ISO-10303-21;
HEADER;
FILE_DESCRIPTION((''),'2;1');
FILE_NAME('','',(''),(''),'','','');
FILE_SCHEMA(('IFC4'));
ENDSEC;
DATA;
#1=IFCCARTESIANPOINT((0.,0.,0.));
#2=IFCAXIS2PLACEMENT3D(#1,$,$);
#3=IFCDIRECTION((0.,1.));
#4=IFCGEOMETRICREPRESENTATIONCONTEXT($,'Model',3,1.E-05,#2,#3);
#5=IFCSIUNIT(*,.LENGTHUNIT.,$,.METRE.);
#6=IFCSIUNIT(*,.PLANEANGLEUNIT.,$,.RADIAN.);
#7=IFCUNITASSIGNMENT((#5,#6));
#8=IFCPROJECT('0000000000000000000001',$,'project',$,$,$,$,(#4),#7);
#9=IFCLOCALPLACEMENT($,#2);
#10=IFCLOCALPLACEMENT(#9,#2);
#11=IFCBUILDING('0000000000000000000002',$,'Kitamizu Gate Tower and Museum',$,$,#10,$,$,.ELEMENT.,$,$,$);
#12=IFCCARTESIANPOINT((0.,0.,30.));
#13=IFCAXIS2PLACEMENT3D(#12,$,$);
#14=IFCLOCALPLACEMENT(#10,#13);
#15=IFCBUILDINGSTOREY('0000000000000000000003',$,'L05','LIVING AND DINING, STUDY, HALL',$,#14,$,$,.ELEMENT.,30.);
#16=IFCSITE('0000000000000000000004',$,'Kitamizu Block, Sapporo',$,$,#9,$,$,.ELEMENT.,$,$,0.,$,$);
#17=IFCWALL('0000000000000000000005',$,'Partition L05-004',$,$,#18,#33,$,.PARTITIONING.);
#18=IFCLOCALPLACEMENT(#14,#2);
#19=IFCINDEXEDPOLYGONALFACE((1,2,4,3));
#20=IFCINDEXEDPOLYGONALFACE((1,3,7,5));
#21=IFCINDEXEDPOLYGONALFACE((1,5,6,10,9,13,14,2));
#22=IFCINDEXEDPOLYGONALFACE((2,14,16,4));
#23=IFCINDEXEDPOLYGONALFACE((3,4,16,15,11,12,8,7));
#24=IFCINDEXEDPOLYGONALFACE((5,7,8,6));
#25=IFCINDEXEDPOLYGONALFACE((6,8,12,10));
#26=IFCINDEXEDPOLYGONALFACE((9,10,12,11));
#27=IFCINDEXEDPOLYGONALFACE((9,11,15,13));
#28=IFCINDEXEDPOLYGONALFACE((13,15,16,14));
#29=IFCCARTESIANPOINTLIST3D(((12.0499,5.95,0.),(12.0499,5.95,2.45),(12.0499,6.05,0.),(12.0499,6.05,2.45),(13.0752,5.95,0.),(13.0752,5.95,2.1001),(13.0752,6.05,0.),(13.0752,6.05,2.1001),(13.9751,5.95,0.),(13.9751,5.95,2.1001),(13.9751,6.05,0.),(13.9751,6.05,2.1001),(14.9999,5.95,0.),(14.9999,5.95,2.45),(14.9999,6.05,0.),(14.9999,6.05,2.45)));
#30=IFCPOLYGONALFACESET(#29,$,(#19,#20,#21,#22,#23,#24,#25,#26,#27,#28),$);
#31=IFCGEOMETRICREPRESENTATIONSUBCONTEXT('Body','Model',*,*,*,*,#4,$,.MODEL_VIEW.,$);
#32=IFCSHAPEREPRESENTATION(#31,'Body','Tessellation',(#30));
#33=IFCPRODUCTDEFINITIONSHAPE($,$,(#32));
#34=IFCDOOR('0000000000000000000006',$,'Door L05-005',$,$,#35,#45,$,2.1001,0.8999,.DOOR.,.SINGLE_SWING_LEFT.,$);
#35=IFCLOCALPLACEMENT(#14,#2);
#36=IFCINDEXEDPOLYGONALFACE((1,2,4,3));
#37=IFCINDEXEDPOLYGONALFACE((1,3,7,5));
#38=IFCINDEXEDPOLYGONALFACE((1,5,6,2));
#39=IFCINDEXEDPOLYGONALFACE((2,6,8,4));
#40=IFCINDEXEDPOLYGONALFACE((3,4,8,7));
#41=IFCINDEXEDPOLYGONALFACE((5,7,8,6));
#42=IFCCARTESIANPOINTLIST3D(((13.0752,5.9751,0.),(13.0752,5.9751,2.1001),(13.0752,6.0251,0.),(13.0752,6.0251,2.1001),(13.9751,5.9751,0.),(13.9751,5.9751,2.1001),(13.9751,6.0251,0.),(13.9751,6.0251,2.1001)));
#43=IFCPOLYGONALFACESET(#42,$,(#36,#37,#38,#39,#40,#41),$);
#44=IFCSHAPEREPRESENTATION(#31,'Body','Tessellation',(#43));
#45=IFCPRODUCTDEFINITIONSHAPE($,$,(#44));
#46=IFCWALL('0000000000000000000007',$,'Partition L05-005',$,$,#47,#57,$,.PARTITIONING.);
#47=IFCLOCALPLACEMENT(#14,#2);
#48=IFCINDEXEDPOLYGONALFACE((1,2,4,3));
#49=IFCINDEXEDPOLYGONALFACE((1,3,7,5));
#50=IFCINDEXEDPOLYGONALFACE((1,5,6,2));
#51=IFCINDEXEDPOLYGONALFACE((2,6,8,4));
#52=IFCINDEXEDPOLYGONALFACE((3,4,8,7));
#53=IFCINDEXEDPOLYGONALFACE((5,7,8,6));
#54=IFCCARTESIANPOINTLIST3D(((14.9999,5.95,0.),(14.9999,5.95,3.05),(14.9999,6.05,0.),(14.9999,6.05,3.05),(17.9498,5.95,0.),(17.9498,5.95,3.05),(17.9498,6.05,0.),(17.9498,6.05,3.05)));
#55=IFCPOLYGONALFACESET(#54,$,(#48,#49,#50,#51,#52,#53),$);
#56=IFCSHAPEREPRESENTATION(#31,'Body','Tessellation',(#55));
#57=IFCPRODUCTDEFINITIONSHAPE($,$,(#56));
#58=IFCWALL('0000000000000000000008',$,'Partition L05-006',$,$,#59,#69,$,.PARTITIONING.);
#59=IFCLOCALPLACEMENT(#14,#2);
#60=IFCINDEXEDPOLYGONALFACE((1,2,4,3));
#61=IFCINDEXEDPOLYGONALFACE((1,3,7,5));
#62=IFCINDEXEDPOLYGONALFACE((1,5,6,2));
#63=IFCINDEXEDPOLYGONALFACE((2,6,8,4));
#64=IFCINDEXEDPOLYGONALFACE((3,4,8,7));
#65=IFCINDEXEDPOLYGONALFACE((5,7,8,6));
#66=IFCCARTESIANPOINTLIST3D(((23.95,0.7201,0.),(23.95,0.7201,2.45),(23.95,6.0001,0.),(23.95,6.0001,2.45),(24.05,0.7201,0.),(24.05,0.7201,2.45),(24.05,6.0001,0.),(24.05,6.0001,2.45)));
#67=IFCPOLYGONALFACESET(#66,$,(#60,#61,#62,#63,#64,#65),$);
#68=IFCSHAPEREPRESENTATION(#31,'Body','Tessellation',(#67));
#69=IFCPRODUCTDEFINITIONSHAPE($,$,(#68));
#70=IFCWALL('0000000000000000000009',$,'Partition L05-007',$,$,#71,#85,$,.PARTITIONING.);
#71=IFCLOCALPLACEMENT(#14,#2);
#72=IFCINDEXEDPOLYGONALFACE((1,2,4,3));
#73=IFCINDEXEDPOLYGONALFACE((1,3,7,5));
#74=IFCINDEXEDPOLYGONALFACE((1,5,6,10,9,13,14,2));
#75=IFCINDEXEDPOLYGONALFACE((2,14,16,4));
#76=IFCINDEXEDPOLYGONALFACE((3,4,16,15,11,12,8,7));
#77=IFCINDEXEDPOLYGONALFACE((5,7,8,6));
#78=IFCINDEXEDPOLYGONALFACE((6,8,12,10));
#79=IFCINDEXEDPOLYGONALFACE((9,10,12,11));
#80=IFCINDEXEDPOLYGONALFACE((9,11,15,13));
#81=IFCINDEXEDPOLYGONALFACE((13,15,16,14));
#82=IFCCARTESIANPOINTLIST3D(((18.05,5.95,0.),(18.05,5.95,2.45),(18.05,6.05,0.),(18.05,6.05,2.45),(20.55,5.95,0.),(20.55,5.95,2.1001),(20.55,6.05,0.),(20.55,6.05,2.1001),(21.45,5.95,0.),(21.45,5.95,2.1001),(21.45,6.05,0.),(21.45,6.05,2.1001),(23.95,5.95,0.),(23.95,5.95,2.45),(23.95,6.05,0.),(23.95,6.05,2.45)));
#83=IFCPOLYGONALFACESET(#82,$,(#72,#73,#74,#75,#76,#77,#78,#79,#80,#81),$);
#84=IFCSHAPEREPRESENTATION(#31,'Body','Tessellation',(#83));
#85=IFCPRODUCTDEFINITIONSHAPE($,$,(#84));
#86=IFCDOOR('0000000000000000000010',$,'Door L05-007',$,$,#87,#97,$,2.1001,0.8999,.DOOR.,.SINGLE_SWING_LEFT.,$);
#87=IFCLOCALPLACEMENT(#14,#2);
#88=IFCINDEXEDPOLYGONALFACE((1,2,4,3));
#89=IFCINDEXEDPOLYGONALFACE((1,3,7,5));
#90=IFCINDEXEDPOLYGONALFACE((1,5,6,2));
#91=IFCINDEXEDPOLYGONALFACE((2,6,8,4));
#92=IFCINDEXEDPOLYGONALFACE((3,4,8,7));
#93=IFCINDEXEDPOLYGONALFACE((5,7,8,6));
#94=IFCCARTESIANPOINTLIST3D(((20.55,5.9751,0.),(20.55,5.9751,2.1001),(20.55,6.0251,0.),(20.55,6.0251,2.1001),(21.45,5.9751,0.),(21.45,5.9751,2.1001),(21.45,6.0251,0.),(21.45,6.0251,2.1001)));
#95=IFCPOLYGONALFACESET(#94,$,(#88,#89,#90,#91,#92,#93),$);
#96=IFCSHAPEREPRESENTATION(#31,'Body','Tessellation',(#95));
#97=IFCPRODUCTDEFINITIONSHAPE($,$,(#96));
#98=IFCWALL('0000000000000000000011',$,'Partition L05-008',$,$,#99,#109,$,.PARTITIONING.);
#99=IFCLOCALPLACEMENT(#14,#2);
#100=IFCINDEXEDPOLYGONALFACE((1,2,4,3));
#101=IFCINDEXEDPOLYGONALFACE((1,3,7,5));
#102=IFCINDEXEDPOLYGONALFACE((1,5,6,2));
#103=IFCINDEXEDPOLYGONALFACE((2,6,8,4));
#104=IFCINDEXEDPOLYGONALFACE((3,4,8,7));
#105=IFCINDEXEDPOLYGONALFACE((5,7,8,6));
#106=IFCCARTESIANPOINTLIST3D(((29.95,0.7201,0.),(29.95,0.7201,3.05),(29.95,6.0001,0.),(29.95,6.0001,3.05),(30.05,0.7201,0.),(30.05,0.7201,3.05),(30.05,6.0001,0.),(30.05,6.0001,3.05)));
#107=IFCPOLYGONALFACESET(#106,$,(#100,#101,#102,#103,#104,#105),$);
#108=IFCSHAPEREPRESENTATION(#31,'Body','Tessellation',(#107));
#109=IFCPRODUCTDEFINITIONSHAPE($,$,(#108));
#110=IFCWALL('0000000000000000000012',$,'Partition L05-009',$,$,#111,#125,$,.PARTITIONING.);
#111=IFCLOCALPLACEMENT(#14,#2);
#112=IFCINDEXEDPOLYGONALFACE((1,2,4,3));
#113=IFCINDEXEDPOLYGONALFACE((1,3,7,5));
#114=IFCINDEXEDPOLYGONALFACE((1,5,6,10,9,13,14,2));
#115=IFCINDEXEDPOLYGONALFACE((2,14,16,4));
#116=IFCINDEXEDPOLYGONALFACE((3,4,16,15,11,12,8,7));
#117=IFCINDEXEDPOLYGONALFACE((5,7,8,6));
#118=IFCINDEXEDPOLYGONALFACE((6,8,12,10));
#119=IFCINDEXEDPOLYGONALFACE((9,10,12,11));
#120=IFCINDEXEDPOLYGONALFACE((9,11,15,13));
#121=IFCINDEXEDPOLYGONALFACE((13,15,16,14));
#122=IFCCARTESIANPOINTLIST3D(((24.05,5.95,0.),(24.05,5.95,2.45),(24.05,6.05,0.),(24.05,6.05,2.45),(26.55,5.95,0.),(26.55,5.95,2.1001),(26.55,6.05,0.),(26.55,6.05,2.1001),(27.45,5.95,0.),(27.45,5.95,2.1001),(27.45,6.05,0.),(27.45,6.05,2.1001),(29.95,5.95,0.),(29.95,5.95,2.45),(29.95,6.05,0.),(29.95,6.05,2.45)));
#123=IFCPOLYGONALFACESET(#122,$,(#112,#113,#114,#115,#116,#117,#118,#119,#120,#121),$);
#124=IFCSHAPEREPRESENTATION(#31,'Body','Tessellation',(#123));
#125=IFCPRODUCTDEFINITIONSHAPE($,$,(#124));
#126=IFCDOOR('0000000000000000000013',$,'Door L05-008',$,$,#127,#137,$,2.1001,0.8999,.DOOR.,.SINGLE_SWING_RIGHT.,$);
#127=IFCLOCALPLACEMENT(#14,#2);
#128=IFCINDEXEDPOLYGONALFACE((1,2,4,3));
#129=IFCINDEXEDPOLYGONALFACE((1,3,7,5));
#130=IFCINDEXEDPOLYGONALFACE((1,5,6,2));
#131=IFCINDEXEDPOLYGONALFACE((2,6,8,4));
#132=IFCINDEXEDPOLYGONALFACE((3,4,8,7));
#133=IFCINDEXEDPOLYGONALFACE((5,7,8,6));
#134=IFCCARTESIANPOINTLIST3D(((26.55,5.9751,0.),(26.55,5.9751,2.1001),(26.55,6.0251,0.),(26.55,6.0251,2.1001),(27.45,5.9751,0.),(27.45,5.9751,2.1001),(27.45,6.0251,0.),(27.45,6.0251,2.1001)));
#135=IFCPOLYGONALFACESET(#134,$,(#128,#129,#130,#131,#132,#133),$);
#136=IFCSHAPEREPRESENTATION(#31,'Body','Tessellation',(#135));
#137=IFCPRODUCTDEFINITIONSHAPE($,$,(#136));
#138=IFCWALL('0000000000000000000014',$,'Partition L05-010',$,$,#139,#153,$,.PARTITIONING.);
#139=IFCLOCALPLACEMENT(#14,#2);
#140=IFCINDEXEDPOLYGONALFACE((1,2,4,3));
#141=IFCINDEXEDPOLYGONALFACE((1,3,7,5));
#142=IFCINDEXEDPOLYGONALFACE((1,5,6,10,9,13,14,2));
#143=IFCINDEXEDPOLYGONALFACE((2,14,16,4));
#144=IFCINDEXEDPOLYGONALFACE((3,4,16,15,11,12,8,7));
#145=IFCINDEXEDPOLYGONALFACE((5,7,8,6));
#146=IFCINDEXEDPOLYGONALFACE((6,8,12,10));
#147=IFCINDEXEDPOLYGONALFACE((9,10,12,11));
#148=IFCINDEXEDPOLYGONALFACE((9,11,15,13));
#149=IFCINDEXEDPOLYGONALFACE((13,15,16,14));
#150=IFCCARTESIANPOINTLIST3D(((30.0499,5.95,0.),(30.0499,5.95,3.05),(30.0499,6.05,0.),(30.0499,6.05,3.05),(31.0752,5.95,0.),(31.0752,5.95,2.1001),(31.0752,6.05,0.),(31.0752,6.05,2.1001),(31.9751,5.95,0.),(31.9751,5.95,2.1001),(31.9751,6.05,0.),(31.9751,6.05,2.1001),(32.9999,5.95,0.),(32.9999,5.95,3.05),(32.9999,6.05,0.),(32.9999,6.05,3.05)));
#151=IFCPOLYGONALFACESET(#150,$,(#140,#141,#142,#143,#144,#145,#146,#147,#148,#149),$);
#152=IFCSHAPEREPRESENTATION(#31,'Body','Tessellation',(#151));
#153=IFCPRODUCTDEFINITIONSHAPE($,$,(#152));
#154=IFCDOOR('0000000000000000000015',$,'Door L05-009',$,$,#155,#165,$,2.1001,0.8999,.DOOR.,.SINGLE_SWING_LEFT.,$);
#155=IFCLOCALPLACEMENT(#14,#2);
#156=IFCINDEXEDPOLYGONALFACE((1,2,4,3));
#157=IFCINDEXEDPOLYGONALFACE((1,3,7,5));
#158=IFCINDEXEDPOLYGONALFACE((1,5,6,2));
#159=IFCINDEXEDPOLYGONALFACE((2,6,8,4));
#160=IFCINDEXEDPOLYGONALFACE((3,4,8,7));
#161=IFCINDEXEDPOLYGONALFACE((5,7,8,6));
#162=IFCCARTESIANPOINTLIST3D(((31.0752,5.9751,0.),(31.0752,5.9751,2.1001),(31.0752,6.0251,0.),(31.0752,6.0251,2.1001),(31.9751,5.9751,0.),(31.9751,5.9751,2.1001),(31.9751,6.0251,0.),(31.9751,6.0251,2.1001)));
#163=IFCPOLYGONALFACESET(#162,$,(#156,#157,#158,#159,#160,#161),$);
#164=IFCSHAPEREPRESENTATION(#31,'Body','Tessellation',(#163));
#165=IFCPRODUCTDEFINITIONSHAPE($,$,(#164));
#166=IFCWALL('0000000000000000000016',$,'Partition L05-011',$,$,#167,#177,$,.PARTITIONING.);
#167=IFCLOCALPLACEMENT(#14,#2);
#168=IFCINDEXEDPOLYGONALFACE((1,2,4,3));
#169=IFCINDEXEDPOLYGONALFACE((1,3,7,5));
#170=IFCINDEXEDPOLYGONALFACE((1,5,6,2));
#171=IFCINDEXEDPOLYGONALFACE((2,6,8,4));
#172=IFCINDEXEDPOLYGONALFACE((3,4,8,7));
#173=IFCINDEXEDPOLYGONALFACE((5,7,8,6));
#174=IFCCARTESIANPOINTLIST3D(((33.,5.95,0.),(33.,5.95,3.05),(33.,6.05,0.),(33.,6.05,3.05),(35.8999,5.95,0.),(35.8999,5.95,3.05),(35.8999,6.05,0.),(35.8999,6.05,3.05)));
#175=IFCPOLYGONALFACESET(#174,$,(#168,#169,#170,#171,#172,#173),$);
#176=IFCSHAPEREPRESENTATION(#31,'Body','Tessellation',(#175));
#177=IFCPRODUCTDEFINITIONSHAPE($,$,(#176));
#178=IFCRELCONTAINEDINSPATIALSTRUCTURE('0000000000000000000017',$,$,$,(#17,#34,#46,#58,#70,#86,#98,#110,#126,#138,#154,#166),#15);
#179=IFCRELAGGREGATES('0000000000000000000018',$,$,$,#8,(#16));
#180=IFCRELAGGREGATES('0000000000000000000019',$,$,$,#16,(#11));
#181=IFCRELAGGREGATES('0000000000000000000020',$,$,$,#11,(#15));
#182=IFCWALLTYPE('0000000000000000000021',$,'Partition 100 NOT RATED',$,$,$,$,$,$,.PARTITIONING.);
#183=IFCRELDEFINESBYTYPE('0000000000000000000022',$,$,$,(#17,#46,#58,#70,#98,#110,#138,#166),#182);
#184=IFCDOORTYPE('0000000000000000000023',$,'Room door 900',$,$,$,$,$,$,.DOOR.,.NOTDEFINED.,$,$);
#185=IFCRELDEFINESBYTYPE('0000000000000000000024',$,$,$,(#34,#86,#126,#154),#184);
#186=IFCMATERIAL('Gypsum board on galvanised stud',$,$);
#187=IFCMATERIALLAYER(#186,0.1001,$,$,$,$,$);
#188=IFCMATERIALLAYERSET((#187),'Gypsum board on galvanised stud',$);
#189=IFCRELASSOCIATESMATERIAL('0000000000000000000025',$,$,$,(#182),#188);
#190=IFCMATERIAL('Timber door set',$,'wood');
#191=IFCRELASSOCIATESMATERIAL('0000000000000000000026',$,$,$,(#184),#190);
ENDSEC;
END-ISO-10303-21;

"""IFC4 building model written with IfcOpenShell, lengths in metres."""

from ifc_helpers import new_model, si_unit, direction, frame, frame_2d, origin, place, context, subcontext, project, spatial, rectangle, extrude, material, layer, layer_set, type_object, element, fill, save


model = new_model("IFC4")

# Units and contexts
model_context = context("Model", 3, precision=1e-05, world=origin(), true_north=direction((0.0, 1.0)))
body_context = subcontext(model_context, "Body", "Model", "MODEL_VIEW")
ifc_project = project(units=[si_unit("LENGTHUNIT", "METRE"), si_unit("PLANEANGLEUNIT", "RADIAN")], contexts=[model_context])

# Site, building, storey
site_placement = place(None, origin())
site = spatial("IfcSite", under=ifc_project, at=site_placement, Name="Kitamizu Block, Sapporo", CompositionType="ELEMENT", RefElevation=0.0)
building_placement = place(site_placement, origin())
building = spatial("IfcBuilding", under=site, at=building_placement, Name="Kitamizu Gate Tower and Museum", CompositionType="ELEMENT")
storey_placement = place(building_placement, frame((0.0, 0.0, 30.0)))
storey = spatial("IfcBuildingStorey", under=building, at=storey_placement, Name="L05", Description="LIVING AND DINING, STUDY, HALL", CompositionType="ELEMENT", Elevation=30.0)

# Shared definitions
ifc_material_1 = material(Name="Gypsum board on galvanised stud")
ifc_layer = layer(ifc_material_1, 0.1001)
ifc_layer_set = layer_set([ifc_layer], Name="Gypsum board on galvanised stud")
wall_type = type_object("IfcWallType", Name="Partition 100 NOT RATED", PredefinedType="PARTITIONING", material=ifc_layer_set)

# Wall, opening, door
wall_1_placement = place(storey_placement, frame((15.0, 6.0, 0.0), z_axis=(0.0, 0.0, 1.0), x_axis=(-1.0, 0.0, 0.0)))
wall_1 = element("IfcWall", 1, at=wall_1_placement, inside=storey, type_object=wall_type, Name="Partition L05-004", PredefinedType="PARTITIONING", context=body_context, shape_type="SweptSolid", body=[
    extrude(rectangle(XDim=2.95, YDim=0.1001, at=frame_2d((1.4751, 0.0))), origin(), (0.0, 0.0, 1.0), 2.45),
])
opening_1_placement = place(wall_1_placement, frame((1.0249, 0.0, 0.0)))
opening_1 = element("IfcOpeningElement", 2, at=opening_1_placement, cuts=wall_1, PredefinedType="OPENING", context=body_context, shape_type="SweptSolid", body=[
    extrude(rectangle(XDim=0.8999, YDim=2.1001, at=frame_2d((0.45, 1.05))), frame((0.0, 0.0601, 0.0), z_axis=(0.0, -1.0, 0.0), x_axis=(1.0, 0.0, 0.0)), (0.0, 0.0, 1.0), 0.1201),
])
ifc_material_2 = material(Name="Timber door set", Category="wood")
door_type = type_object("IfcDoorType", Name="Room door 900", OperationType="NOTDEFINED", PredefinedType="DOOR", material=ifc_material_2)
door_1_placement = place(opening_1_placement, origin())
door_1 = element("IfcDoor", 3, at=door_1_placement, inside=storey, type_object=door_type, Name="Door L05-005", OperationType="SINGLE_SWING_LEFT", OverallHeight=2.1001, OverallWidth=0.8999, PredefinedType="DOOR", context=body_context, shape_type="SweptSolid", body=[
    extrude(rectangle(XDim=0.8999, YDim=2.1001, at=frame_2d((0.45, 1.05))), frame((0.0, 0.0249, 0.0), z_axis=(0.0, -1.0, 0.0), x_axis=(1.0, 0.0, 0.0)), (0.0, 0.0, 1.0), 0.05),
])
fill(opening_1, door_1)

# Walls
wall_2_placement = place(storey_placement, frame((17.95, 6.0, 0.0), z_axis=(0.0, 0.0, 1.0), x_axis=(-1.0, 0.0, 0.0)))
element("IfcWall", 4, at=wall_2_placement, inside=storey, type_object=wall_type, Name="Partition L05-005", PredefinedType="PARTITIONING", context=body_context, shape_type="SweptSolid", body=[
    extrude(rectangle(XDim=2.95, YDim=0.1001, at=frame_2d((1.4751, 0.0))), origin(), (0.0, 0.0, 1.0), 3.05),
])
wall_3_placement = place(storey_placement, frame((24.0, 0.72, 0.0), z_axis=(0.0, 0.0, 1.0), x_axis=(0.0, 1.0, 0.0)))
element("IfcWall", 5, at=wall_3_placement, inside=storey, type_object=wall_type, Name="Partition L05-006", PredefinedType="PARTITIONING", context=body_context, shape_type="SweptSolid", body=[
    extrude(rectangle(XDim=5.28, YDim=0.1001, at=frame_2d((2.6401, 0.0))), origin(), (0.0, 0.0, 1.0), 2.45),
])

# Wall, opening, door
wall_4_placement = place(storey_placement, frame((23.95, 6.0, 0.0), z_axis=(0.0, 0.0, 1.0), x_axis=(-1.0, 0.0, 0.0)))
wall_4 = element("IfcWall", 6, at=wall_4_placement, inside=storey, type_object=wall_type, Name="Partition L05-007", PredefinedType="PARTITIONING", context=body_context, shape_type="SweptSolid", body=[
    extrude(rectangle(XDim=5.8999, YDim=0.1001, at=frame_2d((2.95, 0.0))), origin(), (0.0, 0.0, 1.0), 2.45),
])
opening_2_placement = place(wall_4_placement, frame((2.5, 0.0, 0.0)))
opening_2 = element("IfcOpeningElement", 7, at=opening_2_placement, cuts=wall_4, PredefinedType="OPENING", context=body_context, shape_type="SweptSolid", body=[
    extrude(rectangle(XDim=0.8999, YDim=2.1001, at=frame_2d((0.45, 1.05))), frame((0.0, 0.0601, 0.0), z_axis=(0.0, -1.0, 0.0), x_axis=(1.0, 0.0, 0.0)), (0.0, 0.0, 1.0), 0.1201),
])
door_2_placement = place(opening_2_placement, origin())
door_2 = element("IfcDoor", 8, at=door_2_placement, inside=storey, type_object=door_type, Name="Door L05-007", OperationType="SINGLE_SWING_LEFT", OverallHeight=2.1001, OverallWidth=0.8999, PredefinedType="DOOR", context=body_context, shape_type="SweptSolid", body=[
    extrude(rectangle(XDim=0.8999, YDim=2.1001, at=frame_2d((0.45, 1.05))), frame((0.0, 0.0249, 0.0), z_axis=(0.0, -1.0, 0.0), x_axis=(1.0, 0.0, 0.0)), (0.0, 0.0, 1.0), 0.05),
])
fill(opening_2, door_2)

# Wall
wall_5_placement = place(storey_placement, frame((30.0, 0.72, 0.0), z_axis=(0.0, 0.0, 1.0), x_axis=(0.0, 1.0, 0.0)))
element("IfcWall", 9, at=wall_5_placement, inside=storey, type_object=wall_type, Name="Partition L05-008", PredefinedType="PARTITIONING", context=body_context, shape_type="SweptSolid", body=[
    extrude(rectangle(XDim=5.28, YDim=0.1001, at=frame_2d((2.6401, 0.0))), origin(), (0.0, 0.0, 1.0), 3.05),
])

# Walls, openings, doors
wall_6_placement = place(storey_placement, frame((29.95, 6.0, 0.0), z_axis=(0.0, 0.0, 1.0), x_axis=(-1.0, 0.0, 0.0)))
wall_6 = element("IfcWall", 10, at=wall_6_placement, inside=storey, type_object=wall_type, Name="Partition L05-009", PredefinedType="PARTITIONING", context=body_context, shape_type="SweptSolid", body=[
    extrude(rectangle(XDim=5.8999, YDim=0.1001, at=frame_2d((2.95, 0.0))), origin(), (0.0, 0.0, 1.0), 2.45),
])
opening_3_placement = place(wall_6_placement, frame((2.5, 0.0, 0.0)))
opening_3 = element("IfcOpeningElement", 11, at=opening_3_placement, cuts=wall_6, PredefinedType="OPENING", context=body_context, shape_type="SweptSolid", body=[
    extrude(rectangle(XDim=0.8999, YDim=2.1001, at=frame_2d((0.45, 1.05))), frame((0.0, 0.0601, 0.0), z_axis=(0.0, -1.0, 0.0), x_axis=(1.0, 0.0, 0.0)), (0.0, 0.0, 1.0), 0.1201),
])
door_3_placement = place(opening_3_placement, origin())
door_3 = element("IfcDoor", 12, at=door_3_placement, inside=storey, type_object=door_type, Name="Door L05-008", OperationType="SINGLE_SWING_RIGHT", OverallHeight=2.1001, OverallWidth=0.8999, PredefinedType="DOOR", context=body_context, shape_type="SweptSolid", body=[
    extrude(rectangle(XDim=0.8999, YDim=2.1001, at=frame_2d((0.45, 1.05))), frame((0.0, 0.0249, 0.0), z_axis=(0.0, -1.0, 0.0), x_axis=(1.0, 0.0, 0.0)), (0.0, 0.0, 1.0), 0.05),
])
fill(opening_3, door_3)
wall_7_placement = place(storey_placement, frame((33.0, 6.0, 0.0), z_axis=(0.0, 0.0, 1.0), x_axis=(-1.0, 0.0, 0.0)))
wall_7 = element("IfcWall", 13, at=wall_7_placement, inside=storey, type_object=wall_type, Name="Partition L05-010", PredefinedType="PARTITIONING", context=body_context, shape_type="SweptSolid", body=[
    extrude(rectangle(XDim=2.95, YDim=0.1001, at=frame_2d((1.4751, 0.0))), origin(), (0.0, 0.0, 1.0), 3.05),
])
opening_4_placement = place(wall_7_placement, frame((1.0249, 0.0, 0.0)))
opening_4 = element("IfcOpeningElement", 14, at=opening_4_placement, cuts=wall_7, PredefinedType="OPENING", context=body_context, shape_type="SweptSolid", body=[
    extrude(rectangle(XDim=0.8999, YDim=2.1001, at=frame_2d((0.45, 1.05))), frame((0.0, 0.0601, 0.0), z_axis=(0.0, -1.0, 0.0), x_axis=(1.0, 0.0, 0.0)), (0.0, 0.0, 1.0), 0.1201),
])
door_4_placement = place(opening_4_placement, origin())
door_4 = element("IfcDoor", 15, at=door_4_placement, inside=storey, type_object=door_type, Name="Door L05-009", OperationType="SINGLE_SWING_LEFT", OverallHeight=2.1001, OverallWidth=0.8999, PredefinedType="DOOR", context=body_context, shape_type="SweptSolid", body=[
    extrude(rectangle(XDim=0.8999, YDim=2.1001, at=frame_2d((0.45, 1.05))), frame((0.0, 0.0249, 0.0), z_axis=(0.0, -1.0, 0.0), x_axis=(1.0, 0.0, 0.0)), (0.0, 0.0, 1.0), 0.05),
])
fill(opening_4, door_4)

# Wall
wall_8_placement = place(storey_placement, frame((35.8999, 6.0, 0.0), z_axis=(0.0, 0.0, 1.0), x_axis=(-1.0, 0.0, 0.0)))
element("IfcWall", 16, at=wall_8_placement, inside=storey, type_object=wall_type, Name="Partition L05-011", PredefinedType="PARTITIONING", context=body_context, shape_type="SweptSolid", body=[
    extrude(rectangle(XDim=2.8999, YDim=0.1001, at=frame_2d((1.45, 0.0))), origin(), (0.0, 0.0, 1.0), 3.05),
])

save(model, "model.ifc")
